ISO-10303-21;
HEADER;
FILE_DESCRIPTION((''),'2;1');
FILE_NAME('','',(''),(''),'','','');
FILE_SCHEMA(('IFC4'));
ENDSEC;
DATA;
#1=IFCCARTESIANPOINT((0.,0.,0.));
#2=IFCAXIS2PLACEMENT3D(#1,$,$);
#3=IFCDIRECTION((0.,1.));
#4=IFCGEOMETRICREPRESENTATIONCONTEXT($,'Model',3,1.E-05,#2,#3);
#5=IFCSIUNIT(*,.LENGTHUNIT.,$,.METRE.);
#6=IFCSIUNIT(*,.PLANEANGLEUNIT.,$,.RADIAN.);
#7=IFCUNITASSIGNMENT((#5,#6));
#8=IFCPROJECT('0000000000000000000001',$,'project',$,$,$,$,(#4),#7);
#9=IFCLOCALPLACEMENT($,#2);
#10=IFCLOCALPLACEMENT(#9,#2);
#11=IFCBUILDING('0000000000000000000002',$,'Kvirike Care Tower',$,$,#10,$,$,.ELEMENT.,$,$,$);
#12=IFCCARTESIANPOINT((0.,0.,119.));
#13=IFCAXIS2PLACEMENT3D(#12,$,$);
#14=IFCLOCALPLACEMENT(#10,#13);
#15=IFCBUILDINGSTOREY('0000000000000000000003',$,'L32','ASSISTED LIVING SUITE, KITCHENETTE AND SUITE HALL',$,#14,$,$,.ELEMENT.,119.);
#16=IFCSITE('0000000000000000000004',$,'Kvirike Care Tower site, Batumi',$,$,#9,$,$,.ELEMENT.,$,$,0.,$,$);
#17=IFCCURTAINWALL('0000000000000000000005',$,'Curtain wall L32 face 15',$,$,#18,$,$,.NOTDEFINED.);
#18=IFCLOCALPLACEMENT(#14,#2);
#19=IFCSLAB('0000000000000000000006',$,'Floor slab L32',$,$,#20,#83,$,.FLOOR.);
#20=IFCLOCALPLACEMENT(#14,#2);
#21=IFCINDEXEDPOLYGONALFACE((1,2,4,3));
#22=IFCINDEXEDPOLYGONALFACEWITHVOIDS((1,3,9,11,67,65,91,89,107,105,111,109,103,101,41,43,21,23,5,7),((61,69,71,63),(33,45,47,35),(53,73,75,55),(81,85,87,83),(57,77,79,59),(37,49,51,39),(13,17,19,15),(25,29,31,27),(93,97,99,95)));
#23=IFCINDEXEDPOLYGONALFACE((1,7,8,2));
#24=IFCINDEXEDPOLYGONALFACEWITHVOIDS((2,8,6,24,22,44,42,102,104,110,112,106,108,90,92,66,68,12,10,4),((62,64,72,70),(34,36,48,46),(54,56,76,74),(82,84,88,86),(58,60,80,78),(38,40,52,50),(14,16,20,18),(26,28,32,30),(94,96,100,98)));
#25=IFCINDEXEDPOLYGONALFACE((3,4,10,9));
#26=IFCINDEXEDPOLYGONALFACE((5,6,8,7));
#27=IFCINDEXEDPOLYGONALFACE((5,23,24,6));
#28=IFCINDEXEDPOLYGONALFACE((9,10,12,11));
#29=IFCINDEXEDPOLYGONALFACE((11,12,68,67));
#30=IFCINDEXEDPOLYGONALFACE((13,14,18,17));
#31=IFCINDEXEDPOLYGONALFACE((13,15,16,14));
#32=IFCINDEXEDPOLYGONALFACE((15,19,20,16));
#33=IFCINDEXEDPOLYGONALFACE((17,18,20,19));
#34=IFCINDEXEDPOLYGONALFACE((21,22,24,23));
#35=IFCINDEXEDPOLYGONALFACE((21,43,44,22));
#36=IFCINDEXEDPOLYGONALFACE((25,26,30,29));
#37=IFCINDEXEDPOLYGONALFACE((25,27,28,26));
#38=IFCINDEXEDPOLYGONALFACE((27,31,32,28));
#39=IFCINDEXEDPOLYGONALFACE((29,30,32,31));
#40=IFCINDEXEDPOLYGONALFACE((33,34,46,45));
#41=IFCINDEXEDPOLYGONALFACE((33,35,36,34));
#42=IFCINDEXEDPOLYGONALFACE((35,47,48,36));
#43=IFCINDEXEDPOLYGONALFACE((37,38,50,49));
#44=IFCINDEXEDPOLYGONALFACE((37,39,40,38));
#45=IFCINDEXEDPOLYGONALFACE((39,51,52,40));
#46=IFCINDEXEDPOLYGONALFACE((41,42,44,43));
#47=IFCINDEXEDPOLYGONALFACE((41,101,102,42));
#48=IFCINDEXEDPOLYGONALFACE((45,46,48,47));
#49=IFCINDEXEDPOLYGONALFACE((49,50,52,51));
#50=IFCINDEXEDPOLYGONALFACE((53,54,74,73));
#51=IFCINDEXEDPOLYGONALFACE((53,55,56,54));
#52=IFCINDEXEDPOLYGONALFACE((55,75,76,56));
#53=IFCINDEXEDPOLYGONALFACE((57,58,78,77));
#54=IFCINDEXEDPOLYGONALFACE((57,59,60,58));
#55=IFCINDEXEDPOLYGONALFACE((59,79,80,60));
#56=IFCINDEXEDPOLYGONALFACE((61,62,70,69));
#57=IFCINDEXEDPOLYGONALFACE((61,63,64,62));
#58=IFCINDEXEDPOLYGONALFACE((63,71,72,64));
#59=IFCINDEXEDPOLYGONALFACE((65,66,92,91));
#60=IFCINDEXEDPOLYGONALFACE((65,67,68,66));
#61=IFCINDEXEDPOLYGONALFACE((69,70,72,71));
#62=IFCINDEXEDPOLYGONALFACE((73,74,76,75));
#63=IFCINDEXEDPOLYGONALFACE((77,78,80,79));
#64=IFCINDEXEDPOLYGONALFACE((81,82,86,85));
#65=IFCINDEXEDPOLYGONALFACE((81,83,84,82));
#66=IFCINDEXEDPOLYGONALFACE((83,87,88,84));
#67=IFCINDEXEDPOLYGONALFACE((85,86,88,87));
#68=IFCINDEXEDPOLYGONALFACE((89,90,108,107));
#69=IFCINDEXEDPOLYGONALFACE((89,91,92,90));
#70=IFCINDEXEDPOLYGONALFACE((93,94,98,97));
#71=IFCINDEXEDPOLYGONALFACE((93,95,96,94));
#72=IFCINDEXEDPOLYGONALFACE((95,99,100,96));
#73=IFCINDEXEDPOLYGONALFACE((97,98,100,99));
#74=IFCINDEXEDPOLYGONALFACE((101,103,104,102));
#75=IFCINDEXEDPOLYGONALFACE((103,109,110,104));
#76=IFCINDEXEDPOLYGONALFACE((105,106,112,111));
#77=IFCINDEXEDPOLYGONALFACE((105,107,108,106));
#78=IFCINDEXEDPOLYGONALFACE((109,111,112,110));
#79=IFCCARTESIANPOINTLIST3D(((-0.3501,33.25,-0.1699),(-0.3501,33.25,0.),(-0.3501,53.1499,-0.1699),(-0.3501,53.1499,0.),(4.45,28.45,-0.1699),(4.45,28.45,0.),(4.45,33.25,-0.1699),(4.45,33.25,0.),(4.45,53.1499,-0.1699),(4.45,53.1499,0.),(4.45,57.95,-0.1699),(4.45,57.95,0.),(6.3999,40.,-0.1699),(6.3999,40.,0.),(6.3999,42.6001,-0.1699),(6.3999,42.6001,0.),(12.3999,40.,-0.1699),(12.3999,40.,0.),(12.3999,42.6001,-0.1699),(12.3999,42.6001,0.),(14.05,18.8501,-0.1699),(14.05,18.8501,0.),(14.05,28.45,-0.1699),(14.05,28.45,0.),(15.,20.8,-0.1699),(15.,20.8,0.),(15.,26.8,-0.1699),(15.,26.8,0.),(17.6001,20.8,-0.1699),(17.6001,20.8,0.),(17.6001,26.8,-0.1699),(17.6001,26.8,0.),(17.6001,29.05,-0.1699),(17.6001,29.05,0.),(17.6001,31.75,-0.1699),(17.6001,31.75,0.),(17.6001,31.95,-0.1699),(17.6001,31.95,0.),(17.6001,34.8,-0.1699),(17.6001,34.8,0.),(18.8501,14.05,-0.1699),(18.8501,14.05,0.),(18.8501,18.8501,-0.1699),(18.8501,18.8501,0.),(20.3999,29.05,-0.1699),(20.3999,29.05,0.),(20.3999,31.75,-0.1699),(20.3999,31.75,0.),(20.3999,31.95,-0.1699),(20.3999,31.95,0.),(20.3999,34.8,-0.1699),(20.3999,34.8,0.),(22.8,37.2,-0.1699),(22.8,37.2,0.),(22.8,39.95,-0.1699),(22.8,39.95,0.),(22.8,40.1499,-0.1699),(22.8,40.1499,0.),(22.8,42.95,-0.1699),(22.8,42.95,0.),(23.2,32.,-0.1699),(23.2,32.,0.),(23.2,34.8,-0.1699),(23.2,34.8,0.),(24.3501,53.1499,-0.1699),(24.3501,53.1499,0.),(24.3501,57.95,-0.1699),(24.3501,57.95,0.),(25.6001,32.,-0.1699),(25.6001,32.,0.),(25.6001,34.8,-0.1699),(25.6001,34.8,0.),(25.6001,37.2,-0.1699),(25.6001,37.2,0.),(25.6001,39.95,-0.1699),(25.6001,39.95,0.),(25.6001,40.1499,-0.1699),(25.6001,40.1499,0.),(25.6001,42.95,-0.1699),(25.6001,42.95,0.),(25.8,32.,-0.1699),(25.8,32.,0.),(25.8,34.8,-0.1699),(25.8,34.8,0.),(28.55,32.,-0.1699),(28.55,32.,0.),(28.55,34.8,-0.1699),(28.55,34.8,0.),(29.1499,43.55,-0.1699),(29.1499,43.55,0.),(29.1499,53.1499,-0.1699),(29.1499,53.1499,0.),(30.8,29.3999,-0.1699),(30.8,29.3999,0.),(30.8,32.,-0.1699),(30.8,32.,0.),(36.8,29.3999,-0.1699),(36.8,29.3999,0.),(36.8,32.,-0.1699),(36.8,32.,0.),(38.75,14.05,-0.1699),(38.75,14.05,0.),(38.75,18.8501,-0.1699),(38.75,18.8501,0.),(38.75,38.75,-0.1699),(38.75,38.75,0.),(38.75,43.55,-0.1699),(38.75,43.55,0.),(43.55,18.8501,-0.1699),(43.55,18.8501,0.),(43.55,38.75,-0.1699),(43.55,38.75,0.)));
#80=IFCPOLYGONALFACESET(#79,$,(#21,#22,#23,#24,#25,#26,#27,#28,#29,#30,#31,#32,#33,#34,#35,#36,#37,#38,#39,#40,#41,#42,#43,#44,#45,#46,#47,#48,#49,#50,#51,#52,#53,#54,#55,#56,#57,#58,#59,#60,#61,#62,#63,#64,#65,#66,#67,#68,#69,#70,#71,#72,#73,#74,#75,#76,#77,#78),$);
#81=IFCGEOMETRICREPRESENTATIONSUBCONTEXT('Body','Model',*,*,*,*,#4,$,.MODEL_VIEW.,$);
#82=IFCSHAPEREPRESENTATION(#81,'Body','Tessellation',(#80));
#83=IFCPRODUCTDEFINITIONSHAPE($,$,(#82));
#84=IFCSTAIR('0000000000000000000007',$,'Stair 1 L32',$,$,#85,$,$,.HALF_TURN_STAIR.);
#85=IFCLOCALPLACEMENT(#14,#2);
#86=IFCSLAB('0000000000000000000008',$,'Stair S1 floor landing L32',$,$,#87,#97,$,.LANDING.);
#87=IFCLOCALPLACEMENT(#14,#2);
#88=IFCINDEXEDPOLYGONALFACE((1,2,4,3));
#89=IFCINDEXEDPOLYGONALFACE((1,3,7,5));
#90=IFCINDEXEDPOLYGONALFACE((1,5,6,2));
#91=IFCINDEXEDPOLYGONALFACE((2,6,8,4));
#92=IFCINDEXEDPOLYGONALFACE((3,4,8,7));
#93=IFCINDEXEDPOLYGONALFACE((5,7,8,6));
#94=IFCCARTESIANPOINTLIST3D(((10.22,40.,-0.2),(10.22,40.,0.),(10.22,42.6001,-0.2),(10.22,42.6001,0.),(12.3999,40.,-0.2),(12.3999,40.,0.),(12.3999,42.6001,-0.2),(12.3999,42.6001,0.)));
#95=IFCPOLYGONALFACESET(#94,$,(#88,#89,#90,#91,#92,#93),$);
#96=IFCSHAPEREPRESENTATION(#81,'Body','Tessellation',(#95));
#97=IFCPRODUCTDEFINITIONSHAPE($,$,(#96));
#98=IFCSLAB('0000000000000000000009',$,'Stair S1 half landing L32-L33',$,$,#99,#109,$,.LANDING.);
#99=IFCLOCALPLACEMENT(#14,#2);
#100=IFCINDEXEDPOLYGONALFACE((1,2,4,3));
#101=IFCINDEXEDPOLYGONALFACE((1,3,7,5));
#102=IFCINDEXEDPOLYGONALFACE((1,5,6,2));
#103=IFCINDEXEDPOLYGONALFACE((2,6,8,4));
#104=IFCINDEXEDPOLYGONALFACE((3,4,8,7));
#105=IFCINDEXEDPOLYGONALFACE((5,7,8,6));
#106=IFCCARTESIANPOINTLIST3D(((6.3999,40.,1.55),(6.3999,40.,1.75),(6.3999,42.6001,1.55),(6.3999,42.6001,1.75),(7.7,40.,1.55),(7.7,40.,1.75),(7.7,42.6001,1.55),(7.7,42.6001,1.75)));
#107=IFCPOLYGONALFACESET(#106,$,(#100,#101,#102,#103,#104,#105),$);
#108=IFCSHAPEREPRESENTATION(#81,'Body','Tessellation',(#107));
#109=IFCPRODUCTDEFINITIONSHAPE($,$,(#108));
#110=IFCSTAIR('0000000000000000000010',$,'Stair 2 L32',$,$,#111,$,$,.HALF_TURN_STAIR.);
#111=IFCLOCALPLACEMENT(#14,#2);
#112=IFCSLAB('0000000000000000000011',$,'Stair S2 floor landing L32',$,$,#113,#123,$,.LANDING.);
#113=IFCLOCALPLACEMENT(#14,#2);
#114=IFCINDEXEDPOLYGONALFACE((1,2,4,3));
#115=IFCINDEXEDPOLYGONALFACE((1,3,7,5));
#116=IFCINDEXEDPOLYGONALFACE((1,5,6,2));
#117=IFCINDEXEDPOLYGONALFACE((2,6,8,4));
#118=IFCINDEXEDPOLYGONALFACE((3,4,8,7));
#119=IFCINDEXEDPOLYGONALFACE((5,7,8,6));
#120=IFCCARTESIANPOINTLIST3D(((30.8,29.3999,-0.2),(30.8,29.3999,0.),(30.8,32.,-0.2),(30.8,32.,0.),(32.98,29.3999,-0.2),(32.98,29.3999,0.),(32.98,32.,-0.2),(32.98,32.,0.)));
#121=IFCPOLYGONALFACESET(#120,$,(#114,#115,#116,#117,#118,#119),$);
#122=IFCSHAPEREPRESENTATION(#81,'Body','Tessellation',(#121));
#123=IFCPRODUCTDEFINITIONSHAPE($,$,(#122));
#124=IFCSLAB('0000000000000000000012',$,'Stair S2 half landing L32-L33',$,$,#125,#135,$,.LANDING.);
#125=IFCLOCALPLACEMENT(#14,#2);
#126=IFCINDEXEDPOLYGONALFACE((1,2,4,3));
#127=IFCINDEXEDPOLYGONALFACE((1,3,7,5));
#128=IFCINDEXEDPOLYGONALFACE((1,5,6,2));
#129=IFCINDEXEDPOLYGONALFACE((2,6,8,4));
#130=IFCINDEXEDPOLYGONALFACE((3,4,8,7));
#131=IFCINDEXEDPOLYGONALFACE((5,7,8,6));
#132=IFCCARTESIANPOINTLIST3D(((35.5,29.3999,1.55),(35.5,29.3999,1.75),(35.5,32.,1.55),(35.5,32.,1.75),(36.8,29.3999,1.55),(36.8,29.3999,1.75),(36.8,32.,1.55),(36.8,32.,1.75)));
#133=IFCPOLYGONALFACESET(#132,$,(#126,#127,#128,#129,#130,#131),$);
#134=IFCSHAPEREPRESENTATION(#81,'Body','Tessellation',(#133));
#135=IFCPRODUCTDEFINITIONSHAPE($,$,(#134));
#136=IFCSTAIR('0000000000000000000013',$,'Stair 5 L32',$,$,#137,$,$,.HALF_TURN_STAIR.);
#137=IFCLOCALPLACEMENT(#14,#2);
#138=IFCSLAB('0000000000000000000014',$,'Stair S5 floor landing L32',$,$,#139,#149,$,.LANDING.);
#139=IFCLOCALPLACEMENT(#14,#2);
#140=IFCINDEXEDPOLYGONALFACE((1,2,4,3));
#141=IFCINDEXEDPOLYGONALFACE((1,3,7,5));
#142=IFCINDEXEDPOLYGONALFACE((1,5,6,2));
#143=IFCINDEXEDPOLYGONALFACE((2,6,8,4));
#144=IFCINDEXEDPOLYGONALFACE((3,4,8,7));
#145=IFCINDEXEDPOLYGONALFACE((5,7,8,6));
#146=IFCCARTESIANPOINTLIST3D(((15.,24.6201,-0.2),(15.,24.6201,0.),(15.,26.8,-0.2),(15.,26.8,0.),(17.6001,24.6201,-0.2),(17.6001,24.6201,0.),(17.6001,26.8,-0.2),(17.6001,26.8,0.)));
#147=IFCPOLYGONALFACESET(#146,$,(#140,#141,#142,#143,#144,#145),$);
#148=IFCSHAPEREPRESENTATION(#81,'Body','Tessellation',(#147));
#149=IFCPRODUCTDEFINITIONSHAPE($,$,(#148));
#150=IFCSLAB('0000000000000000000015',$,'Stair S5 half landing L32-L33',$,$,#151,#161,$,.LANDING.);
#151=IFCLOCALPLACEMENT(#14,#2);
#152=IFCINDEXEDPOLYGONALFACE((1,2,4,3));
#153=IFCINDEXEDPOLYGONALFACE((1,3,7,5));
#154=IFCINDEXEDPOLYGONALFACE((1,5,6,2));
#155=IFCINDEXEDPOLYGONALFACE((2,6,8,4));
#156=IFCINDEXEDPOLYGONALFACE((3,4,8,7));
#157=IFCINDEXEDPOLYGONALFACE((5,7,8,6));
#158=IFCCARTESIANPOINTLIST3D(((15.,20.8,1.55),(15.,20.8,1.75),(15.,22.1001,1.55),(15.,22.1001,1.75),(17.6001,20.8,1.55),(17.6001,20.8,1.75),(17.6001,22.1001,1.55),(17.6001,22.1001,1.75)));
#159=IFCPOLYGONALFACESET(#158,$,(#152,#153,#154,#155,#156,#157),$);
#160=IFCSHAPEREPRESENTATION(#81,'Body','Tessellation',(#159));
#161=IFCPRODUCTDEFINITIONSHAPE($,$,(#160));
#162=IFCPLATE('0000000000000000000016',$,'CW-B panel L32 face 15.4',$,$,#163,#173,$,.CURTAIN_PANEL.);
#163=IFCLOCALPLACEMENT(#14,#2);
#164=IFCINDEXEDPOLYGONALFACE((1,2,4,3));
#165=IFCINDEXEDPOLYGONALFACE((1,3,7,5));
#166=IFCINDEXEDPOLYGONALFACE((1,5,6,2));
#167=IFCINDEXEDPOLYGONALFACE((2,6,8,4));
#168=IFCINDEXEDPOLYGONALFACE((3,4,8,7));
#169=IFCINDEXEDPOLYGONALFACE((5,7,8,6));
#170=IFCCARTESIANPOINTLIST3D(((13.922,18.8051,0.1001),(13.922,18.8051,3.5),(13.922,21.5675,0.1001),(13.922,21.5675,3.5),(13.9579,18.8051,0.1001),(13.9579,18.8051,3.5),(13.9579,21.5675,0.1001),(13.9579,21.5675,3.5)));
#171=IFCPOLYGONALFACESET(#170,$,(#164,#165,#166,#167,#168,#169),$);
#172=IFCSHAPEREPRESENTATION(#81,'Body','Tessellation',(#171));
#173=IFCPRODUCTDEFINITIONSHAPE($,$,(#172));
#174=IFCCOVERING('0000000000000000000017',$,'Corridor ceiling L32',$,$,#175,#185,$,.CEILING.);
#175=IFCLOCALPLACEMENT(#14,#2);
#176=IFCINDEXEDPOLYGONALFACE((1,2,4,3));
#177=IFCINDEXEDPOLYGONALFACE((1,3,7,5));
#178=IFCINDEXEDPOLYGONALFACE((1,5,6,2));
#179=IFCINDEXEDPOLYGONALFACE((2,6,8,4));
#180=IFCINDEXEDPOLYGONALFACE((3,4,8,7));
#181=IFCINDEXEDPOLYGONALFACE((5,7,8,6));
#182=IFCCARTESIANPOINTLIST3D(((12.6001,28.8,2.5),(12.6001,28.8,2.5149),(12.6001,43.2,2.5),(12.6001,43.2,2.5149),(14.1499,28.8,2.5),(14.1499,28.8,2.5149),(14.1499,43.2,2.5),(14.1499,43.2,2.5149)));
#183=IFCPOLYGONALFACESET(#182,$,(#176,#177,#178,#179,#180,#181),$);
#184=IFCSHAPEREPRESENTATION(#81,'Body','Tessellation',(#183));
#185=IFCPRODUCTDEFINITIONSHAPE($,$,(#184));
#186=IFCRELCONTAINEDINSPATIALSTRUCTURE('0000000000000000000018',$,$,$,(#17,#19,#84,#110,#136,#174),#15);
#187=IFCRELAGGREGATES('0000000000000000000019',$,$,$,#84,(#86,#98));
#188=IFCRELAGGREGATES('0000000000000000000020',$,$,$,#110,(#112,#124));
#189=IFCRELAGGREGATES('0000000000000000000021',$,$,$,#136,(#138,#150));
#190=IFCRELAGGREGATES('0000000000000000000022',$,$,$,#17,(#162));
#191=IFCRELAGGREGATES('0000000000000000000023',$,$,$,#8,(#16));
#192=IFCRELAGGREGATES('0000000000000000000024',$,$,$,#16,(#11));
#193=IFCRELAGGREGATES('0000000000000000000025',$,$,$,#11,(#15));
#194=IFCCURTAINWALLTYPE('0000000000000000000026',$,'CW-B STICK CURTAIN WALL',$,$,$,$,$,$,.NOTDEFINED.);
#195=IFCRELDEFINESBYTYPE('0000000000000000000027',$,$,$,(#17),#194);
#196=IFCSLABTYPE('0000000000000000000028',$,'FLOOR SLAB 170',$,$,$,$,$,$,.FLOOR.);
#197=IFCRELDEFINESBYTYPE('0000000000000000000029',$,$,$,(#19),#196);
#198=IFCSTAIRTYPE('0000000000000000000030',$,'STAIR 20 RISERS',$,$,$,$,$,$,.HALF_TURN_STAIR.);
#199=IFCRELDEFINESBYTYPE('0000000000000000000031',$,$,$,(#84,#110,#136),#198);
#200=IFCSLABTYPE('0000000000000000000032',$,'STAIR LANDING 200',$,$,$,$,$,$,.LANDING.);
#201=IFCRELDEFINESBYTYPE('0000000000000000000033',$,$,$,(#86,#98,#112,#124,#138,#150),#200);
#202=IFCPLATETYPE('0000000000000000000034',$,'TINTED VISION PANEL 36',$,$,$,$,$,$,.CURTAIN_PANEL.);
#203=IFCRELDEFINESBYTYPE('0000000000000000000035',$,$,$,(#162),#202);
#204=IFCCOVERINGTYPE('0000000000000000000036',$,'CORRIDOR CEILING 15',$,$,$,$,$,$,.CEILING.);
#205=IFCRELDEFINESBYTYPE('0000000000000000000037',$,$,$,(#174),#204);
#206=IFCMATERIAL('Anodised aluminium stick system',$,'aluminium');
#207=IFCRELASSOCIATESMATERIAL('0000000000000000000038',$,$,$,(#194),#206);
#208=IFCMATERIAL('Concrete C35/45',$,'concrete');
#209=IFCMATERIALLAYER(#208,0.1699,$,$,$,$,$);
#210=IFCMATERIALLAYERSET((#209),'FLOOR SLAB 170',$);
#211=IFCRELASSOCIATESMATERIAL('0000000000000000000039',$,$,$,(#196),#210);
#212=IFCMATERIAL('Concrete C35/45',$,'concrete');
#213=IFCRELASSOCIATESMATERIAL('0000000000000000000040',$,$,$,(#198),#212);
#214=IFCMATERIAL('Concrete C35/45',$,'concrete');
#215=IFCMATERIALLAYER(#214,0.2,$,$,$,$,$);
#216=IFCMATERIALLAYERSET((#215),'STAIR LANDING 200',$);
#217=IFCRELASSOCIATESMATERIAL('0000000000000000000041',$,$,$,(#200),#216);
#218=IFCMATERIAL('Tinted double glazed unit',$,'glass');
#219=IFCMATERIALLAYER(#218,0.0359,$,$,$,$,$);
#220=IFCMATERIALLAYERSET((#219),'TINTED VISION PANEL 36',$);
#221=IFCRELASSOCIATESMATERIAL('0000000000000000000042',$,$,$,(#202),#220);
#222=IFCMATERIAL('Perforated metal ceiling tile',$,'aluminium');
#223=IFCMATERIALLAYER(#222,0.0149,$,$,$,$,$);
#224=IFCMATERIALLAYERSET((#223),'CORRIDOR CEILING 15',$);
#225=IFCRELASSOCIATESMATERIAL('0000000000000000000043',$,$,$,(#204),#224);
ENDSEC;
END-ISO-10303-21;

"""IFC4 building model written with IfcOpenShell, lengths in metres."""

from ifc_helpers import new_model, si_unit, direction, frame, origin, origin_2d, place, context, subcontext, project, spatial, polyline, rectangle, outline, extrude, material, layer, layer_set, type_object, element, aggregate, save


model = new_model("IFC4")

# Units and contexts
model_context = context("Model", 3, precision=1e-05, world=origin(), true_north=direction((0.0, 1.0)))
body_context = subcontext(model_context, "Body", "Model", "MODEL_VIEW")
ifc_project = project(units=[si_unit("LENGTHUNIT", "METRE"), si_unit("PLANEANGLEUNIT", "RADIAN")], contexts=[model_context])

# Site, building, storey
site_placement = place(None, origin())
site = spatial("IfcSite", under=ifc_project, at=site_placement, Name="Kvirike Care Tower site, Batumi", CompositionType="ELEMENT", RefElevation=0.0)
building_placement = place(site_placement, origin())
building = spatial("IfcBuilding", under=site, at=building_placement, Name="Kvirike Care Tower", CompositionType="ELEMENT")
storey_placement = place(building_placement, frame((0.0, 0.0, 119.0)))
storey = spatial("IfcBuildingStorey", under=building, at=storey_placement, Name="L32", Description="ASSISTED LIVING SUITE, KITCHENETTE AND SUITE HALL", CompositionType="ELEMENT", Elevation=119.0)

# Curtain wall
ifc_material_1 = material(Name="Anodised aluminium stick system", Category="aluminium")
curtain_wall_type = type_object("IfcCurtainWallType", Name="CW-B STICK CURTAIN WALL", PredefinedType="NOTDEFINED", material=ifc_material_1)
curtain_wall_1_placement = place(storey_placement, origin())
curtain_wall_1 = element("IfcCurtainWall", 1, at=curtain_wall_1_placement, inside=storey, type_object=curtain_wall_type, Name="Curtain wall L32 face 15", PredefinedType="NOTDEFINED")

# Slab
ifc_material_2 = material(Name="Concrete C35/45", Category="concrete")
ifc_layer_1 = layer(ifc_material_2, 0.1699)
ifc_layer_set_1 = layer_set([ifc_layer_1], Name="FLOOR SLAB 170")
slab_type_1 = type_object("IfcSlabType", Name="FLOOR SLAB 170", PredefinedType="FLOOR", material=ifc_layer_set_1)
slab_1_placement = place(storey_placement, frame((0.0, 0.0, -0.1699)))
element("IfcSlab", 2, at=slab_1_placement, inside=storey, type_object=slab_type_1, Name="Floor slab L32", PredefinedType="FLOOR", context=body_context, shape_type="SweptSolid", body=[
    extrude(outline(polyline([(43.55, 18.8501), (43.55, 38.75), (38.75, 38.75), (38.75, 43.55), (29.1499, 43.55), (29.1499, 53.1499), (24.3501, 53.1499), (24.3501, 57.95), (4.45, 57.95), (4.45, 53.1499), (-0.3501, 53.1499), (-0.3501, 33.25), (4.45, 33.25), (4.45, 28.45), (14.05, 28.45), (14.05, 18.8501), (18.8501, 18.8501), (18.8501, 14.05), (38.75, 14.05), (38.75, 18.8501), (43.55, 18.8501)]), holes=[polyline([(17.6001, 29.05), (17.6001, 31.75), (20.3999, 31.75), (20.3999, 29.05), (17.6001, 29.05)]), polyline([(17.6001, 31.95), (17.6001, 34.8), (20.3999, 34.8), (20.3999, 31.95), (17.6001, 31.95)]), polyline([(22.8, 37.2), (22.8, 39.95), (25.6001, 39.95), (25.6001, 37.2), (22.8, 37.2)]), polyline([(22.8, 40.1499), (22.8, 42.95), (25.6001, 42.95), (25.6001, 40.1499), (22.8, 40.1499)]), polyline([(23.2, 32.0), (23.2, 34.8), (25.6001, 34.8), (25.6001, 32.0), (23.2, 32.0)]), polyline([(25.8, 32.0), (25.8, 34.8), (28.55, 34.8), (28.55, 32.0), (25.8, 32.0)]), polyline([(12.3999, 42.6001), (12.3999, 40.0), (6.3999, 40.0), (6.3999, 42.6001), (12.3999, 42.6001)]), polyline([(30.8, 29.3999), (30.8, 32.0), (36.8, 32.0), (36.8, 29.3999), (30.8, 29.3999)]), polyline([(15.0, 26.8), (17.6001, 26.8), (17.6001, 20.8), (15.0, 20.8), (15.0, 26.8)])]), origin(), (0.0, 0.0, 1.0), 0.1699),
])

# Stairs, slabs
ifc_material_3 = material(Name="Concrete C35/45", Category="concrete")
stair_type = type_object("IfcStairType", Name="STAIR 20 RISERS", PredefinedType="HALF_TURN_STAIR", material=ifc_material_3)
stair_1_placement = place(storey_placement, origin())
stair_1 = element("IfcStair", 3, at=stair_1_placement, inside=storey, type_object=stair_type, Name="Stair 1 L32", PredefinedType="HALF_TURN_STAIR")
ifc_material_4 = material(Name="Concrete C35/45", Category="concrete")
ifc_layer_2 = layer(ifc_material_4, 0.2)
ifc_layer_set_2 = layer_set([ifc_layer_2], Name="STAIR LANDING 200")
slab_type_2 = type_object("IfcSlabType", Name="STAIR LANDING 200", PredefinedType="LANDING", material=ifc_layer_set_2)
slab_2_placement = place(storey_placement, frame((0.0, 0.0, -0.2)))
slab_2 = element("IfcSlab", 4, at=slab_2_placement, type_object=slab_type_2, Name="Stair S1 floor landing L32", PredefinedType="LANDING", context=body_context, shape_type="SweptSolid", body=[
    extrude(outline(polyline([(10.22, 42.6001), (10.22, 40.0), (12.3999, 40.0), (12.3999, 42.6001), (10.22, 42.6001)])), origin(), (0.0, 0.0, 1.0), 0.2),
])
slab_3_placement = place(storey_placement, frame((0.0, 0.0, 1.55)))
slab_3 = element("IfcSlab", 5, at=slab_3_placement, type_object=slab_type_2, Name="Stair S1 half landing L32-L33", PredefinedType="LANDING", context=body_context, shape_type="SweptSolid", body=[
    extrude(outline(polyline([(6.3999, 42.6001), (6.3999, 40.0), (7.7, 40.0), (7.7, 42.6001), (6.3999, 42.6001)])), origin(), (0.0, 0.0, 1.0), 0.2),
])
aggregate(stair_1, [slab_2, slab_3])
stair_2_placement = place(storey_placement, origin())
stair_2 = element("IfcStair", 6, at=stair_2_placement, inside=storey, type_object=stair_type, Name="Stair 2 L32", PredefinedType="HALF_TURN_STAIR")
slab_4_placement = place(storey_placement, frame((0.0, 0.0, -0.2)))
slab_4 = element("IfcSlab", 7, at=slab_4_placement, type_object=slab_type_2, Name="Stair S2 floor landing L32", PredefinedType="LANDING", context=body_context, shape_type="SweptSolid", body=[
    extrude(outline(polyline([(32.98, 29.3999), (32.98, 32.0), (30.8, 32.0), (30.8, 29.3999), (32.98, 29.3999)])), origin(), (0.0, 0.0, 1.0), 0.2),
])
slab_5_placement = place(storey_placement, frame((0.0, 0.0, 1.55)))
slab_5 = element("IfcSlab", 8, at=slab_5_placement, type_object=slab_type_2, Name="Stair S2 half landing L32-L33", PredefinedType="LANDING", context=body_context, shape_type="SweptSolid", body=[
    extrude(outline(polyline([(36.8, 29.3999), (36.8, 32.0), (35.5, 32.0), (35.5, 29.3999), (36.8, 29.3999)])), origin(), (0.0, 0.0, 1.0), 0.2),
])
aggregate(stair_2, [slab_4, slab_5])
stair_3_placement = place(storey_placement, origin())
stair_3 = element("IfcStair", 9, at=stair_3_placement, inside=storey, type_object=stair_type, Name="Stair 5 L32", PredefinedType="HALF_TURN_STAIR")
slab_6_placement = place(storey_placement, frame((0.0, 0.0, -0.2)))
slab_6 = element("IfcSlab", 10, at=slab_6_placement, type_object=slab_type_2, Name="Stair S5 floor landing L32", PredefinedType="LANDING", context=body_context, shape_type="SweptSolid", body=[
    extrude(outline(polyline([(15.0, 24.6201), (17.6001, 24.6201), (17.6001, 26.8), (15.0, 26.8), (15.0, 24.6201)])), origin(), (0.0, 0.0, 1.0), 0.2),
])
slab_7_placement = place(storey_placement, frame((0.0, 0.0, 1.55)))
slab_7 = element("IfcSlab", 11, at=slab_7_placement, type_object=slab_type_2, Name="Stair S5 half landing L32-L33", PredefinedType="LANDING", context=body_context, shape_type="SweptSolid", body=[
    extrude(outline(polyline([(15.0, 20.8), (17.6001, 20.8), (17.6001, 22.1001), (15.0, 22.1001), (15.0, 20.8)])), origin(), (0.0, 0.0, 1.0), 0.2),
])
aggregate(stair_3, [slab_6, slab_7])

# Plate
ifc_material_5 = material(Name="Tinted double glazed unit", Category="glass")
ifc_layer_3 = layer(ifc_material_5, 0.0359)
ifc_layer_set_3 = layer_set([ifc_layer_3], Name="TINTED VISION PANEL 36")
plate_type = type_object("IfcPlateType", Name="TINTED VISION PANEL 36", PredefinedType="CURTAIN_PANEL", material=ifc_layer_set_3)
plate_placement = place(storey_placement, frame((13.9399, 20.1863, 0.1001), z_axis=(0.0, 0.0, 1.0), x_axis=(0.0, -1.0, 0.0)))
plate = element("IfcPlate", 12, at=plate_placement, type_object=plate_type, Name="CW-B panel L32 face 15.4", PredefinedType="CURTAIN_PANEL", context=body_context, shape_type="SweptSolid", body=[
    extrude(rectangle(XDim=2.7625, YDim=0.0359, at=origin_2d()), origin(), (0.0, 0.0, 1.0), 3.3999),
])
aggregate(curtain_wall_1, [plate])

# Covering
ifc_material_6 = material(Name="Perforated metal ceiling tile", Category="aluminium")
ifc_layer_4 = layer(ifc_material_6, 0.0149)
ifc_layer_set_4 = layer_set([ifc_layer_4], Name="CORRIDOR CEILING 15")
covering_type_1 = type_object("IfcCoveringType", Name="CORRIDOR CEILING 15", PredefinedType="CEILING", material=ifc_layer_set_4)
covering_1_placement = place(storey_placement, frame((0.0, 0.0, 2.5)))
element("IfcCovering", 13, at=covering_1_placement, inside=storey, type_object=covering_type_1, Name="Corridor ceiling L32", PredefinedType="CEILING", context=body_context, shape_type="SweptSolid", body=[
    extrude(outline(polyline([(12.6001, 43.2), (14.1499, 43.2), (14.1499, 28.8), (12.6001, 28.8), (12.6001, 43.2)])), origin(), (0.0, 0.0, 1.0), 0.0149),
])

save(model, "model.ifc")
